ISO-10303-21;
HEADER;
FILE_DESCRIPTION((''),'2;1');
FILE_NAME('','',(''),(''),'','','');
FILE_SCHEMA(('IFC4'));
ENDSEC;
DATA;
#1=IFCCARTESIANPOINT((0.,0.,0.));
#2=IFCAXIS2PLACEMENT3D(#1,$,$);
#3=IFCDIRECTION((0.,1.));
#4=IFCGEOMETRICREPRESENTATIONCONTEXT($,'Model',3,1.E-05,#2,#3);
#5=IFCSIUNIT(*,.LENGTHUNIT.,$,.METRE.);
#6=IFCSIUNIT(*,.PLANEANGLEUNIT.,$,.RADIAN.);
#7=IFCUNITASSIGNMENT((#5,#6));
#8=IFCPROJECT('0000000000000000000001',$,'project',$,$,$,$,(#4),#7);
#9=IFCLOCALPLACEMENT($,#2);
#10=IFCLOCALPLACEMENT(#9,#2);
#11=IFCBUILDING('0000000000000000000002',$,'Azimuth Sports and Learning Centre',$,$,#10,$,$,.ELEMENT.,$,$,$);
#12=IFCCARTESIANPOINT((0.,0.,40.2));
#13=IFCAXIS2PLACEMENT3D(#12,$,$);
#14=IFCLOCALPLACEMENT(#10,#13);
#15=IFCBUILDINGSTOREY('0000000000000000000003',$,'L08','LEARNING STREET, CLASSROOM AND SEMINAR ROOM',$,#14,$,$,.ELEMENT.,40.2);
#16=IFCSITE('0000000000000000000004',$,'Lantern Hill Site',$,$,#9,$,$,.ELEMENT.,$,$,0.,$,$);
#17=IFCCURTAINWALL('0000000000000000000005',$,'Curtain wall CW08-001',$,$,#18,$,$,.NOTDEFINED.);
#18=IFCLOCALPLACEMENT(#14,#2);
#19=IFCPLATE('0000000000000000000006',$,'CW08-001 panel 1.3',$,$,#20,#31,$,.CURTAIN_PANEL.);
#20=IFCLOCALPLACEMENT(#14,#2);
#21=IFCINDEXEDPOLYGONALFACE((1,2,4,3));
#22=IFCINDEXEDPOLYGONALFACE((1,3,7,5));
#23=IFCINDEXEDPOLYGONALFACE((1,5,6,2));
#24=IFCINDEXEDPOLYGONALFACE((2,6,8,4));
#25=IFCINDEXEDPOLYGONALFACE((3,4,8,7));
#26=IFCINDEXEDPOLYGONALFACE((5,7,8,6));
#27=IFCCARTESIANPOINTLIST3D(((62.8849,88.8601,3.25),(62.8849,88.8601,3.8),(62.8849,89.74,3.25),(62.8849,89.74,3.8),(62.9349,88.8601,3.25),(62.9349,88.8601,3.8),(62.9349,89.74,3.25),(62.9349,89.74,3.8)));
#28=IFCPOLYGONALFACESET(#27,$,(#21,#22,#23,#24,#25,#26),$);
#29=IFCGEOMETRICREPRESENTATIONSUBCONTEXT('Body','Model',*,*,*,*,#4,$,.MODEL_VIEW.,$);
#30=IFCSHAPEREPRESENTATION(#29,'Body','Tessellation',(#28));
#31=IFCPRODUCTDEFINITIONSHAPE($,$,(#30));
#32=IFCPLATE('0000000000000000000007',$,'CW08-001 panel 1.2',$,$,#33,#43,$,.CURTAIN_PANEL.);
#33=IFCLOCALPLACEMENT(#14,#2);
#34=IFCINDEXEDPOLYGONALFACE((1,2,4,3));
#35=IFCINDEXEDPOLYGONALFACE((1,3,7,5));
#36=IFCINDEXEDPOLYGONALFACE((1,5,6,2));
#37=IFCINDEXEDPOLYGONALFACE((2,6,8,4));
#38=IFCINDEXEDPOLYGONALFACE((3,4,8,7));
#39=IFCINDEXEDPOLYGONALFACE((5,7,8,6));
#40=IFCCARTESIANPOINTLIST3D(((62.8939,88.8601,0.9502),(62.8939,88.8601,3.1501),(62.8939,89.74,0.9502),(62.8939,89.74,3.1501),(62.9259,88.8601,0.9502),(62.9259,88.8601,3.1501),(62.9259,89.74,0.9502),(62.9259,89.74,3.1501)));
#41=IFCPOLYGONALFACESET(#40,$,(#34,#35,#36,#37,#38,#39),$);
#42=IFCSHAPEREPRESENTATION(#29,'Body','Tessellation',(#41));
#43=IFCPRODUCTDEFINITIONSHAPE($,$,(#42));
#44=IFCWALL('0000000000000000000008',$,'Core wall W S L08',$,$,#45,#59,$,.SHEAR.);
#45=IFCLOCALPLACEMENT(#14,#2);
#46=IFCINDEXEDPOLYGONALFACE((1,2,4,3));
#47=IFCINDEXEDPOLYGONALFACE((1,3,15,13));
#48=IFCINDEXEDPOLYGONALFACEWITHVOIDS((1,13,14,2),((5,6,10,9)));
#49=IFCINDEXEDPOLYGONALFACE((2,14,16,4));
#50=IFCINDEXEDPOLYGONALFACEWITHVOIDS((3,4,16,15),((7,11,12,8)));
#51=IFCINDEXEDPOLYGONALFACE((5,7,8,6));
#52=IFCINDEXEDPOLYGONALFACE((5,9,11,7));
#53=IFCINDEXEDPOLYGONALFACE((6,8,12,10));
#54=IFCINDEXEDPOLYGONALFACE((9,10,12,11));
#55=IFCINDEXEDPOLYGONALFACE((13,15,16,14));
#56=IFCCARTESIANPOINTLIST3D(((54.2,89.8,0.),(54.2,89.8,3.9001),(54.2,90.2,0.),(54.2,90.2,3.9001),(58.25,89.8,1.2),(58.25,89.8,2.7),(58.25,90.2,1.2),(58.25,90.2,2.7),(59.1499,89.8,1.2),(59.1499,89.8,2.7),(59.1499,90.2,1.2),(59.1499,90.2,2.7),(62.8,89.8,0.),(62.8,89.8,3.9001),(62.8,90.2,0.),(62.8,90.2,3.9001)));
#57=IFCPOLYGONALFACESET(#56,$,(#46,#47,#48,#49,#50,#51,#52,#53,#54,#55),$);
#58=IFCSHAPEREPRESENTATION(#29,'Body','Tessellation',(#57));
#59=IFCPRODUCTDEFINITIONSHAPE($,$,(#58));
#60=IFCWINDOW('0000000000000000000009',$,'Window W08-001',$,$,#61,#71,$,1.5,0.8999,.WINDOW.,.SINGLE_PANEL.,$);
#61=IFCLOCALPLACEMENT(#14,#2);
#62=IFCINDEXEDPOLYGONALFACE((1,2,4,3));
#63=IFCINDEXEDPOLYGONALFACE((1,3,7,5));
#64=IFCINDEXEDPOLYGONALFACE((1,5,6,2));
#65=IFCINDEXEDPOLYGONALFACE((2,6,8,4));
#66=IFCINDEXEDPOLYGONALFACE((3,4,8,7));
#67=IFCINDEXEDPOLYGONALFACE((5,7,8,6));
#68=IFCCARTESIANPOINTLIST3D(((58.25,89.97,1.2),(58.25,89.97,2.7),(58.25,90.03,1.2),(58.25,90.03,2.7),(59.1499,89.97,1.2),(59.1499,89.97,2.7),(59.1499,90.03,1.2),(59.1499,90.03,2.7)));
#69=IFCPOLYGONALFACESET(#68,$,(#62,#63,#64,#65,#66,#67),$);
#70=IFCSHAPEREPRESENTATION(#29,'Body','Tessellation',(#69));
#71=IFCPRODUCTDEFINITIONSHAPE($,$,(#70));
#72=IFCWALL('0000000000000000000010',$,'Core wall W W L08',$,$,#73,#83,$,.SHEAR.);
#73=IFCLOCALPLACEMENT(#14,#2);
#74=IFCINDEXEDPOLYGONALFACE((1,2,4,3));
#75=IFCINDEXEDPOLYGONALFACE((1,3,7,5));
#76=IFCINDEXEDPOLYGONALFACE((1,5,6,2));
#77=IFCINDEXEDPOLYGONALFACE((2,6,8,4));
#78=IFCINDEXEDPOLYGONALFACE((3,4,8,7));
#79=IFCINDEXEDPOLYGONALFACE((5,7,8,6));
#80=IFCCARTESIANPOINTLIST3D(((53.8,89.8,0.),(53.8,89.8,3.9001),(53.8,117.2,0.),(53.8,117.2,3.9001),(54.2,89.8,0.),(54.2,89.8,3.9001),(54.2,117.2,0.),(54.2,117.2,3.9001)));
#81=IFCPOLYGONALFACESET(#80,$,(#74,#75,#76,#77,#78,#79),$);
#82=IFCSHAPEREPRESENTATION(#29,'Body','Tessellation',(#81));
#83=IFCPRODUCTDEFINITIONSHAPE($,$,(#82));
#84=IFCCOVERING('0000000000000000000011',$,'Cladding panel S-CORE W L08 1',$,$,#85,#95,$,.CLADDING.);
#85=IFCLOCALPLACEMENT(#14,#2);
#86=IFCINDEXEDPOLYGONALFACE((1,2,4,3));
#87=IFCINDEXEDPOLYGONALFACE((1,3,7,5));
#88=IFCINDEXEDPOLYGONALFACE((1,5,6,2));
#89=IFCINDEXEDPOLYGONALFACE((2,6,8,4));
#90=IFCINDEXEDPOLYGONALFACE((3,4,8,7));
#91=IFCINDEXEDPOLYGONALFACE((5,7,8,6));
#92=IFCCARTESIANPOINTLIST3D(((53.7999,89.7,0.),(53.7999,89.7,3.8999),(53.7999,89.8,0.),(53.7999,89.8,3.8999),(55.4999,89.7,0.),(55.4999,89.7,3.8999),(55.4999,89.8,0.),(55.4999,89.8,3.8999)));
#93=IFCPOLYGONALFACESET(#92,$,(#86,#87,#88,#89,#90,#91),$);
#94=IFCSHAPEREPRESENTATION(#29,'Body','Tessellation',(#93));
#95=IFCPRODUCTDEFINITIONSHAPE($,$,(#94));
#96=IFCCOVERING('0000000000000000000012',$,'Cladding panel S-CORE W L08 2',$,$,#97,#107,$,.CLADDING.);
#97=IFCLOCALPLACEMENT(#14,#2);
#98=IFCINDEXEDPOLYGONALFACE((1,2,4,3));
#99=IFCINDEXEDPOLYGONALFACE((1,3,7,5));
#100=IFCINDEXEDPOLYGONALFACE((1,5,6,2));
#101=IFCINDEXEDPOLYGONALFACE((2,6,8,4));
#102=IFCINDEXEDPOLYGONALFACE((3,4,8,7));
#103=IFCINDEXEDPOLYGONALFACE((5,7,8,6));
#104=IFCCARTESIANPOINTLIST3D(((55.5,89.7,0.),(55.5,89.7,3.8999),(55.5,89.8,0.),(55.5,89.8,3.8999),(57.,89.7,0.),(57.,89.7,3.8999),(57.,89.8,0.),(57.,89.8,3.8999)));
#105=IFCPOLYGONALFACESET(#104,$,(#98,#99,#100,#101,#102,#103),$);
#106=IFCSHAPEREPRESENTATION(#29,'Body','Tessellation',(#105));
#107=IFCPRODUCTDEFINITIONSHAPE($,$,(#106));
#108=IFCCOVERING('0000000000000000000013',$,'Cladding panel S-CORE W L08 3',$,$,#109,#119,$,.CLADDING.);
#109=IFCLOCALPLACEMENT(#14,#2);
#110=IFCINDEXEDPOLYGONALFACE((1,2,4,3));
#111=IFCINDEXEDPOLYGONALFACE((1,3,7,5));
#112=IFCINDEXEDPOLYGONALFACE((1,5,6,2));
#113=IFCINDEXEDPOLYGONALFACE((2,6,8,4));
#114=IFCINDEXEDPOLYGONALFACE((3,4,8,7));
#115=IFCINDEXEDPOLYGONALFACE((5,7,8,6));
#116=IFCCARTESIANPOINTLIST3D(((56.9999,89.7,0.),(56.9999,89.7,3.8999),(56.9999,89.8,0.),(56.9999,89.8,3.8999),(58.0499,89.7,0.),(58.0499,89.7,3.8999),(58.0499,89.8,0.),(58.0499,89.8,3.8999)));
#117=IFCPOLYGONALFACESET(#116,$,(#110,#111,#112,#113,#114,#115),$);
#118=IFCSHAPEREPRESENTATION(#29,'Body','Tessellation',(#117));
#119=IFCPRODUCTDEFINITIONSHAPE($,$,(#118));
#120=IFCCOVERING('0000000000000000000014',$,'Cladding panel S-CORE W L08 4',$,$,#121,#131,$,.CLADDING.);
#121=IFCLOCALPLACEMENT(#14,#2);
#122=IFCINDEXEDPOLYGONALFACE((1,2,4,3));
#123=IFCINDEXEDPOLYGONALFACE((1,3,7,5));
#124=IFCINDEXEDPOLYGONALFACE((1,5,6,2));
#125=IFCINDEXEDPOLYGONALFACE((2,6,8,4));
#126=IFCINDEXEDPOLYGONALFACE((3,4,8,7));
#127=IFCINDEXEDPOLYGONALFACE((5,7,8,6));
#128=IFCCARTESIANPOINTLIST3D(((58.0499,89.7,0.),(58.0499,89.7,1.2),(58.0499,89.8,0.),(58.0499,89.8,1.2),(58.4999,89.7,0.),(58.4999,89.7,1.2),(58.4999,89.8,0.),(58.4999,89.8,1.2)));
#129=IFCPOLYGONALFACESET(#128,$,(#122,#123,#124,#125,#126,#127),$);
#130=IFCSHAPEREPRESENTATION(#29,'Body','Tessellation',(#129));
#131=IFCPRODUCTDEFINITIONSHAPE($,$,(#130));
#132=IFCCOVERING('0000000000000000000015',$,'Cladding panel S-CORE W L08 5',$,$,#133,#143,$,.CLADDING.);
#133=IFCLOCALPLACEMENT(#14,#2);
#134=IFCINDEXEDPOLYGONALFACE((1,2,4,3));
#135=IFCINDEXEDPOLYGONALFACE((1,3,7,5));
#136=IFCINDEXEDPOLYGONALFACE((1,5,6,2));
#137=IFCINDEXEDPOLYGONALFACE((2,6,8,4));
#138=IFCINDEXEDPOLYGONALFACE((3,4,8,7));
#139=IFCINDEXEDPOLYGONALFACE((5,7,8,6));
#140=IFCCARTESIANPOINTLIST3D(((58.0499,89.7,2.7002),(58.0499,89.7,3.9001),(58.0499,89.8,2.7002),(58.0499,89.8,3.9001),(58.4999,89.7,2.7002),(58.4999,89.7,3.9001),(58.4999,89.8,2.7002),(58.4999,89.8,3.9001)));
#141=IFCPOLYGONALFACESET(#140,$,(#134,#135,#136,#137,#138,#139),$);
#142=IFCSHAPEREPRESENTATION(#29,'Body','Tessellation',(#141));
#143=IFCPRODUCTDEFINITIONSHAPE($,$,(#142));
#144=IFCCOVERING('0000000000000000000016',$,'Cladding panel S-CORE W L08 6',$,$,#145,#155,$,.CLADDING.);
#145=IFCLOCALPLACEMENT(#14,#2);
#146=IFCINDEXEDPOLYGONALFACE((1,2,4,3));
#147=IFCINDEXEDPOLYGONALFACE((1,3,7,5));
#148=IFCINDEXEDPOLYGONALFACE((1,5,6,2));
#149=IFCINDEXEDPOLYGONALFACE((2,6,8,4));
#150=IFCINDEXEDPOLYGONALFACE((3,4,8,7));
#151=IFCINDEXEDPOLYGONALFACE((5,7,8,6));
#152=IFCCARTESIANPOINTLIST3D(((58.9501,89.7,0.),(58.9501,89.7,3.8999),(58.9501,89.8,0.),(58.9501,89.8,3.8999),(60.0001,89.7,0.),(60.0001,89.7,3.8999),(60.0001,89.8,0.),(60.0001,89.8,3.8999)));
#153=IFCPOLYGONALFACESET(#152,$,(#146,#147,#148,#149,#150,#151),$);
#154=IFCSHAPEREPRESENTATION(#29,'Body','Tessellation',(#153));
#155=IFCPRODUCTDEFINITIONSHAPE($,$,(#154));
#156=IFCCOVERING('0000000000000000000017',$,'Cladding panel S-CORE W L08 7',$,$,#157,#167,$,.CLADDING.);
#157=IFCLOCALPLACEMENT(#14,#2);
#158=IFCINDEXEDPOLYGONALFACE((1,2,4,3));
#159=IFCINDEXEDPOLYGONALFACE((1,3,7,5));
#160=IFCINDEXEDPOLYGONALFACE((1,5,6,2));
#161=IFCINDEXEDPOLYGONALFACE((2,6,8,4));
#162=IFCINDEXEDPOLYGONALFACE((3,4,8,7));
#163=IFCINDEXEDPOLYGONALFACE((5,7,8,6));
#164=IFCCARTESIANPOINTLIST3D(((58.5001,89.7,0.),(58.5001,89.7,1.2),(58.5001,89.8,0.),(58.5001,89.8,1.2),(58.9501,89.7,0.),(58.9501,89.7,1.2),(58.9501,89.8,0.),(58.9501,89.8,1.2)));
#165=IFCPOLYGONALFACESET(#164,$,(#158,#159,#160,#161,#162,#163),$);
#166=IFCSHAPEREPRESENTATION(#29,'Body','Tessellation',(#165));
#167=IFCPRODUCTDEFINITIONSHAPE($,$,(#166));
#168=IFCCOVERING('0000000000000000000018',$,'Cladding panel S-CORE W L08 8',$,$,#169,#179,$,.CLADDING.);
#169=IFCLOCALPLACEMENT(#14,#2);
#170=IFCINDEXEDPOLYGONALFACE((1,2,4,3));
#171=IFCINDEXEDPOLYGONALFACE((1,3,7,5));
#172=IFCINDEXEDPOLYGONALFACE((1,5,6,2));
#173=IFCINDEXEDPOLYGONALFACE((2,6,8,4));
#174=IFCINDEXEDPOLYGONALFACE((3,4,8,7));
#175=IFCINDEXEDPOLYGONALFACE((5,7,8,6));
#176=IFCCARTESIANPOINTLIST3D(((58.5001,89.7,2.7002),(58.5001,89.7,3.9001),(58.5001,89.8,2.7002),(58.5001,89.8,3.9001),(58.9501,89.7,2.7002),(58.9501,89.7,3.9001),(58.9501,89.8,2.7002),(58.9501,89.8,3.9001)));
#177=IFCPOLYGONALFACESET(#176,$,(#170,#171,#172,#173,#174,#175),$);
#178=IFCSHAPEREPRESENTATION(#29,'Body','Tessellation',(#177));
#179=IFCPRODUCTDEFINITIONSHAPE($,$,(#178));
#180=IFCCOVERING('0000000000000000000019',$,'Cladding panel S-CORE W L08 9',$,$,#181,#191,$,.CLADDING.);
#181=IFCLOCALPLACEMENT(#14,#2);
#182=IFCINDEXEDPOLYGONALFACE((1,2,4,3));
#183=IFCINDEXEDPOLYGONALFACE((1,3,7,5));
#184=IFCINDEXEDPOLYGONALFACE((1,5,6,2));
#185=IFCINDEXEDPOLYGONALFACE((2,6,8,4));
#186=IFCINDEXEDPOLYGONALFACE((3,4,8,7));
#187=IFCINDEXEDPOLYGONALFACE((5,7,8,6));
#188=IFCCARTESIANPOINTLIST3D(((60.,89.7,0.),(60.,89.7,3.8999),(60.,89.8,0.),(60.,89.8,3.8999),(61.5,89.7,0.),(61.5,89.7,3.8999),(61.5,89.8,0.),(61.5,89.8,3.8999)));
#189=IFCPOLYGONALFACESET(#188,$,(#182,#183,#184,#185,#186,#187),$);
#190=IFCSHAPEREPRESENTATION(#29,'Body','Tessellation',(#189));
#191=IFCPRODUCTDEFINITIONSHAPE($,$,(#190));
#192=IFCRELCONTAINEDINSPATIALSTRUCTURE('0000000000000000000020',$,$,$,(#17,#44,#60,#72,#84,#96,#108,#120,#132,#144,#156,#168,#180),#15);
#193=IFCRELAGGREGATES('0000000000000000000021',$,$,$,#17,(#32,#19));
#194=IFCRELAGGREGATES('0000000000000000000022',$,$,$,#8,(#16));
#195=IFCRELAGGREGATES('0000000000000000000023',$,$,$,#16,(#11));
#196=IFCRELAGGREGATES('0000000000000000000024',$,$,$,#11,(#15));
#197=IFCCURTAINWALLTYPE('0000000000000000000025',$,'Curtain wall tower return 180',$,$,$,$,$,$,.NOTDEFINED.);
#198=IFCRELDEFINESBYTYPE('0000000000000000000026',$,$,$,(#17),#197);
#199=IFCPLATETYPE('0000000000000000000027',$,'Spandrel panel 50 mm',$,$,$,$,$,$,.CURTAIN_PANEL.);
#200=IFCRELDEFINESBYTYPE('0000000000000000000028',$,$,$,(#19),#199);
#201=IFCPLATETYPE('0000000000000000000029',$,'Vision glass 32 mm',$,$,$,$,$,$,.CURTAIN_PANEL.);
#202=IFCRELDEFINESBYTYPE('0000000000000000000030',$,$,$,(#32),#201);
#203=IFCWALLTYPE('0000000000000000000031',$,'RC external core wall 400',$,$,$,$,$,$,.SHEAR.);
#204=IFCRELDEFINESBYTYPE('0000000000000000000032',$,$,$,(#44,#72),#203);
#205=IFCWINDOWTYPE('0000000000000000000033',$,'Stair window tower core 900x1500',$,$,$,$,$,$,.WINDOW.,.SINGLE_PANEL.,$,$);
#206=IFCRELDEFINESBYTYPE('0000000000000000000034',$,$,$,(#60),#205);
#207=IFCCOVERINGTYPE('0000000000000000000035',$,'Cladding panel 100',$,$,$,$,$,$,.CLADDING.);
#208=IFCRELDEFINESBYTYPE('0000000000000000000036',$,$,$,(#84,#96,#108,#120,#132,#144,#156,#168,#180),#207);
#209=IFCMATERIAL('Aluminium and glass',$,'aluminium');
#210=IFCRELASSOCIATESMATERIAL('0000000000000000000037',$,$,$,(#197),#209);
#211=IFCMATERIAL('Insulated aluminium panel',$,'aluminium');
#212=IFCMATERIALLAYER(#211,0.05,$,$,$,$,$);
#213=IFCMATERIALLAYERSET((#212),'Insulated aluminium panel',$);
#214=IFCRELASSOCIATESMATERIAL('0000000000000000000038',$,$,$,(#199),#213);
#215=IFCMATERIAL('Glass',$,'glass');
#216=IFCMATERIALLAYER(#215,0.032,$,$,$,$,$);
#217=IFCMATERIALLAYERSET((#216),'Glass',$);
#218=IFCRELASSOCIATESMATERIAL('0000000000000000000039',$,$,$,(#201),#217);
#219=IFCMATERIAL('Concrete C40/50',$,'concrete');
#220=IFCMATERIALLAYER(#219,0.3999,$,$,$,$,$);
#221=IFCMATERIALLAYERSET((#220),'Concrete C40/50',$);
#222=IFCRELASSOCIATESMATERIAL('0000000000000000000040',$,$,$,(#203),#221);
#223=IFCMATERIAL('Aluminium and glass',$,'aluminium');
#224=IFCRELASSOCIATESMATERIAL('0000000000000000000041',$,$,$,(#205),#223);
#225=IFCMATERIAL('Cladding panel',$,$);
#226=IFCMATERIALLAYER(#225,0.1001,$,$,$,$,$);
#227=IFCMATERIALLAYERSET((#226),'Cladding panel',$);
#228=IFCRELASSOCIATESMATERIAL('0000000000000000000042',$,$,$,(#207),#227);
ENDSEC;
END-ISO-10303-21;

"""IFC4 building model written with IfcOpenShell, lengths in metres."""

from ifc_helpers import new_model, si_unit, direction, frame, frame_2d, origin, origin_2d, place, context, subcontext, project, spatial, rectangle, extrude, material, layer, layer_set, type_object, element, fill, aggregate, save


model = new_model("IFC4")

# Units and contexts
model_context = context("Model", 3, precision=1e-05, world=origin(), true_north=direction((0.0, 1.0)))
body_context = subcontext(model_context, "Body", "Model", "MODEL_VIEW")
ifc_project = project(units=[si_unit("LENGTHUNIT", "METRE"), si_unit("PLANEANGLEUNIT", "RADIAN")], contexts=[model_context])

# Site, building, storey
site_placement = place(None, origin())
site = spatial("IfcSite", under=ifc_project, at=site_placement, Name="Lantern Hill Site", CompositionType="ELEMENT", RefElevation=0.0)
building_placement = place(site_placement, origin())
building = spatial("IfcBuilding", under=site, at=building_placement, Name="Azimuth Sports and Learning Centre", CompositionType="ELEMENT")
storey_placement = place(building_placement, frame((0.0, 0.0, 40.2)))
storey = spatial("IfcBuildingStorey", under=building, at=storey_placement, Name="L08", Description="LEARNING STREET, CLASSROOM AND SEMINAR ROOM", CompositionType="ELEMENT", Elevation=40.2)

# Curtain wall, plates
ifc_material_1 = material(Name="Aluminium and glass", Category="aluminium")
curtain_wall_type = type_object("IfcCurtainWallType", Name="Curtain wall tower return 180", PredefinedType="NOTDEFINED", material=ifc_material_1)
curtain_wall_placement = place(storey_placement, origin())
curtain_wall = element("IfcCurtainWall", 1, at=curtain_wall_placement, inside=storey, type_object=curtain_wall_type, Name="Curtain wall CW08-001", PredefinedType="NOTDEFINED")
ifc_material_2 = material(Name="Insulated aluminium panel", Category="aluminium")
ifc_layer_1 = layer(ifc_material_2, 0.05)
ifc_layer_set_1 = layer_set([ifc_layer_1], Name="Insulated aluminium panel")
plate_type_1 = type_object("IfcPlateType", Name="Spandrel panel 50 mm", PredefinedType="CURTAIN_PANEL", material=ifc_layer_set_1)
plate_1_placement = place(storey_placement, frame((62.9099, 89.3, 3.25), z_axis=(0.0, 0.0, 1.0), x_axis=(0.0, -1.0, 0.0)))
plate_1 = element("IfcPlate", 2, at=plate_1_placement, type_object=plate_type_1, Name="CW08-001 panel 1.3", PredefinedType="CURTAIN_PANEL", context=body_context, shape_type="SweptSolid", body=[
    extrude(rectangle(XDim=0.8799, YDim=0.05, at=origin_2d()), origin(), (0.0, 0.0, 1.0), 0.55),
])
ifc_material_3 = material(Name="Glass", Category="glass")
ifc_layer_2 = layer(ifc_material_3, 0.032)
ifc_layer_set_2 = layer_set([ifc_layer_2], Name="Glass")
plate_type_2 = type_object("IfcPlateType", Name="Vision glass 32 mm", PredefinedType="CURTAIN_PANEL", material=ifc_layer_set_2)
plate_2_placement = place(storey_placement, frame((62.9099, 89.3, 0.9502), z_axis=(0.0, 0.0, 1.0), x_axis=(0.0, -1.0, 0.0)))
plate_2 = element("IfcPlate", 3, at=plate_2_placement, type_object=plate_type_2, Name="CW08-001 panel 1.2", PredefinedType="CURTAIN_PANEL", context=body_context, shape_type="SweptSolid", body=[
    extrude(rectangle(XDim=0.8799, YDim=0.032, at=origin_2d()), origin(), (0.0, 0.0, 1.0), 2.2),
])
aggregate(curtain_wall, [plate_2, plate_1])

# Wall, opening, window
ifc_material_4 = material(Name="Concrete C40/50", Category="concrete")
ifc_layer_3 = layer(ifc_material_4, 0.3999)
ifc_layer_set_3 = layer_set([ifc_layer_3], Name="Concrete C40/50")
wall_type = type_object("IfcWallType", Name="RC external core wall 400", PredefinedType="SHEAR", material=ifc_layer_set_3)
wall_1_placement = place(storey_placement, frame((54.2, 90.0, 0.0), z_axis=(0.0, 0.0, 1.0), x_axis=(1.0, 0.0, 0.0)))
wall_1 = element("IfcWall", 4, at=wall_1_placement, inside=storey, type_object=wall_type, Name="Core wall W S L08", PredefinedType="SHEAR", context=body_context, shape_type="SweptSolid", body=[
    extrude(rectangle(XDim=8.6001, YDim=0.3999, at=frame_2d((4.3, 0.0))), origin(), (0.0, 0.0, 1.0), 3.9001),
])
opening_placement = place(wall_1_placement, frame((4.05, 0.0, 1.2)))
opening = element("IfcOpeningElement", 5, at=opening_placement, cuts=wall_1, PredefinedType="OPENING", context=body_context, shape_type="SweptSolid", body=[
    extrude(rectangle(XDim=0.8999, YDim=1.5, at=frame_2d((0.45, 0.75))), frame((0.0, 0.2109, 0.0), z_axis=(0.0, -1.0, 0.0), x_axis=(1.0, 0.0, 0.0)), (0.0, 0.0, 1.0), 0.4219),
])
ifc_material_5 = material(Name="Aluminium and glass", Category="aluminium")
window_type = type_object("IfcWindowType", Name="Stair window tower core 900x1500", PartitioningType="SINGLE_PANEL", PredefinedType="WINDOW", material=ifc_material_5)
window_placement = place(opening_placement, origin())
window = element("IfcWindow", 6, at=window_placement, inside=storey, type_object=window_type, Name="Window W08-001", OverallHeight=1.5, OverallWidth=0.8999, PartitioningType="SINGLE_PANEL", PredefinedType="WINDOW", context=body_context, shape_type="SweptSolid", body=[
    extrude(rectangle(XDim=0.8999, YDim=1.5, at=frame_2d((0.45, 0.75))), frame((0.0, 0.03, 0.0), z_axis=(0.0, -1.0, 0.0), x_axis=(1.0, 0.0, 0.0)), (0.0, 0.0, 1.0), 0.0601),
])
fill(opening, window)

# Wall
wall_2_placement = place(storey_placement, frame((54.0, 89.8, 0.0), z_axis=(0.0, 0.0, 1.0), x_axis=(0.0, 1.0, 0.0)))
element("IfcWall", 7, at=wall_2_placement, inside=storey, type_object=wall_type, Name="Core wall W W L08", PredefinedType="SHEAR", context=body_context, shape_type="SweptSolid", body=[
    extrude(rectangle(XDim=27.3999, YDim=0.3999, at=frame_2d((13.7, 0.0))), origin(), (0.0, 0.0, 1.0), 3.9001),
])

# Coverings
ifc_material_6 = material(Name="Cladding panel")
ifc_layer_4 = layer(ifc_material_6, 0.1001)
ifc_layer_set_4 = layer_set([ifc_layer_4], Name="Cladding panel")
covering_type = type_object("IfcCoveringType", Name="Cladding panel 100", PredefinedType="CLADDING", material=ifc_layer_set_4)
covering_1_placement = place(storey_placement, frame((54.6499, 89.75, 0.0), z_axis=(0.0, 0.0, 1.0), x_axis=(1.0, 0.0, 0.0)))
element("IfcCovering", 8, at=covering_1_placement, inside=storey, type_object=covering_type, Name="Cladding panel S-CORE W L08 1", PredefinedType="CLADDING", context=body_context, shape_type="SweptSolid", body=[
    extrude(rectangle(XDim=1.7, YDim=0.1001, at=origin_2d()), origin(), (0.0, 0.0, 1.0), 3.8999),
])
covering_2_placement = place(storey_placement, frame((56.25, 89.75, 0.0), z_axis=(0.0, 0.0, 1.0), x_axis=(1.0, 0.0, 0.0)))
element("IfcCovering", 9, at=covering_2_placement, inside=storey, type_object=covering_type, Name="Cladding panel S-CORE W L08 2", PredefinedType="CLADDING", context=body_context, shape_type="SweptSolid", body=[
    extrude(rectangle(XDim=1.5, YDim=0.1001, at=origin_2d()), origin(), (0.0, 0.0, 1.0), 3.8999),
])
covering_3_placement = place(storey_placement, frame((57.5249, 89.75, 0.0), z_axis=(0.0, 0.0, 1.0), x_axis=(1.0, 0.0, 0.0)))
element("IfcCovering", 10, at=covering_3_placement, inside=storey, type_object=covering_type, Name="Cladding panel S-CORE W L08 3", PredefinedType="CLADDING", context=body_context, shape_type="SweptSolid", body=[
    extrude(rectangle(XDim=1.05, YDim=0.1001, at=origin_2d()), origin(), (0.0, 0.0, 1.0), 3.8999),
])
for number, where, z_axis, x_axis, name in (
    (11, (58.2749, 89.75, 0.0), (0.0, 0.0, 1.0), (1.0, 0.0, 0.0), "Cladding panel S-CORE W L08 4"),
    (12, (58.2749, 89.75, 2.7002), (0.0, 0.0, 1.0), (1.0, 0.0, 0.0), "Cladding panel S-CORE W L08 5"),
):
    element("IfcCovering", number, at=place(storey_placement, frame(where, z_axis=z_axis, x_axis=x_axis)), inside=storey, type_object=covering_type, Name=name, PredefinedType="CLADDING", context=body_context, shape_type="SweptSolid", body=[
        extrude(rectangle(XDim=0.45, YDim=0.1001, at=origin_2d()), origin(), (0.0, 0.0, 1.0), 1.2),
    ])
covering_4_placement = place(storey_placement, frame((59.4751, 89.75, 0.0), z_axis=(0.0, 0.0, 1.0), x_axis=(1.0, 0.0, 0.0)))
element("IfcCovering", 13, at=covering_4_placement, inside=storey, type_object=covering_type, Name="Cladding panel S-CORE W L08 6", PredefinedType="CLADDING", context=body_context, shape_type="SweptSolid", body=[
    extrude(rectangle(XDim=1.05, YDim=0.1001, at=origin_2d()), origin(), (0.0, 0.0, 1.0), 3.8999),
])
for number, where, z_axis, x_axis, name in (
    (14, (58.7251, 89.75, 0.0), (0.0, 0.0, 1.0), (1.0, 0.0, 0.0), "Cladding panel S-CORE W L08 7"),
    (15, (58.7251, 89.75, 2.7002), (0.0, 0.0, 1.0), (1.0, 0.0, 0.0), "Cladding panel S-CORE W L08 8"),
):
    element("IfcCovering", number, at=place(storey_placement, frame(where, z_axis=z_axis, x_axis=x_axis)), inside=storey, type_object=covering_type, Name=name, PredefinedType="CLADDING", context=body_context, shape_type="SweptSolid", body=[
        extrude(rectangle(XDim=0.45, YDim=0.1001, at=origin_2d()), origin(), (0.0, 0.0, 1.0), 1.2),
    ])
covering_5_placement = place(storey_placement, frame((60.75, 89.75, 0.0), z_axis=(0.0, 0.0, 1.0), x_axis=(1.0, 0.0, 0.0)))
element("IfcCovering", 16, at=covering_5_placement, inside=storey, type_object=covering_type, Name="Cladding panel S-CORE W L08 9", PredefinedType="CLADDING", context=body_context, shape_type="SweptSolid", body=[
    extrude(rectangle(XDim=1.5, YDim=0.1001, at=origin_2d()), origin(), (0.0, 0.0, 1.0), 3.8999),
])

save(model, "model.ifc")
